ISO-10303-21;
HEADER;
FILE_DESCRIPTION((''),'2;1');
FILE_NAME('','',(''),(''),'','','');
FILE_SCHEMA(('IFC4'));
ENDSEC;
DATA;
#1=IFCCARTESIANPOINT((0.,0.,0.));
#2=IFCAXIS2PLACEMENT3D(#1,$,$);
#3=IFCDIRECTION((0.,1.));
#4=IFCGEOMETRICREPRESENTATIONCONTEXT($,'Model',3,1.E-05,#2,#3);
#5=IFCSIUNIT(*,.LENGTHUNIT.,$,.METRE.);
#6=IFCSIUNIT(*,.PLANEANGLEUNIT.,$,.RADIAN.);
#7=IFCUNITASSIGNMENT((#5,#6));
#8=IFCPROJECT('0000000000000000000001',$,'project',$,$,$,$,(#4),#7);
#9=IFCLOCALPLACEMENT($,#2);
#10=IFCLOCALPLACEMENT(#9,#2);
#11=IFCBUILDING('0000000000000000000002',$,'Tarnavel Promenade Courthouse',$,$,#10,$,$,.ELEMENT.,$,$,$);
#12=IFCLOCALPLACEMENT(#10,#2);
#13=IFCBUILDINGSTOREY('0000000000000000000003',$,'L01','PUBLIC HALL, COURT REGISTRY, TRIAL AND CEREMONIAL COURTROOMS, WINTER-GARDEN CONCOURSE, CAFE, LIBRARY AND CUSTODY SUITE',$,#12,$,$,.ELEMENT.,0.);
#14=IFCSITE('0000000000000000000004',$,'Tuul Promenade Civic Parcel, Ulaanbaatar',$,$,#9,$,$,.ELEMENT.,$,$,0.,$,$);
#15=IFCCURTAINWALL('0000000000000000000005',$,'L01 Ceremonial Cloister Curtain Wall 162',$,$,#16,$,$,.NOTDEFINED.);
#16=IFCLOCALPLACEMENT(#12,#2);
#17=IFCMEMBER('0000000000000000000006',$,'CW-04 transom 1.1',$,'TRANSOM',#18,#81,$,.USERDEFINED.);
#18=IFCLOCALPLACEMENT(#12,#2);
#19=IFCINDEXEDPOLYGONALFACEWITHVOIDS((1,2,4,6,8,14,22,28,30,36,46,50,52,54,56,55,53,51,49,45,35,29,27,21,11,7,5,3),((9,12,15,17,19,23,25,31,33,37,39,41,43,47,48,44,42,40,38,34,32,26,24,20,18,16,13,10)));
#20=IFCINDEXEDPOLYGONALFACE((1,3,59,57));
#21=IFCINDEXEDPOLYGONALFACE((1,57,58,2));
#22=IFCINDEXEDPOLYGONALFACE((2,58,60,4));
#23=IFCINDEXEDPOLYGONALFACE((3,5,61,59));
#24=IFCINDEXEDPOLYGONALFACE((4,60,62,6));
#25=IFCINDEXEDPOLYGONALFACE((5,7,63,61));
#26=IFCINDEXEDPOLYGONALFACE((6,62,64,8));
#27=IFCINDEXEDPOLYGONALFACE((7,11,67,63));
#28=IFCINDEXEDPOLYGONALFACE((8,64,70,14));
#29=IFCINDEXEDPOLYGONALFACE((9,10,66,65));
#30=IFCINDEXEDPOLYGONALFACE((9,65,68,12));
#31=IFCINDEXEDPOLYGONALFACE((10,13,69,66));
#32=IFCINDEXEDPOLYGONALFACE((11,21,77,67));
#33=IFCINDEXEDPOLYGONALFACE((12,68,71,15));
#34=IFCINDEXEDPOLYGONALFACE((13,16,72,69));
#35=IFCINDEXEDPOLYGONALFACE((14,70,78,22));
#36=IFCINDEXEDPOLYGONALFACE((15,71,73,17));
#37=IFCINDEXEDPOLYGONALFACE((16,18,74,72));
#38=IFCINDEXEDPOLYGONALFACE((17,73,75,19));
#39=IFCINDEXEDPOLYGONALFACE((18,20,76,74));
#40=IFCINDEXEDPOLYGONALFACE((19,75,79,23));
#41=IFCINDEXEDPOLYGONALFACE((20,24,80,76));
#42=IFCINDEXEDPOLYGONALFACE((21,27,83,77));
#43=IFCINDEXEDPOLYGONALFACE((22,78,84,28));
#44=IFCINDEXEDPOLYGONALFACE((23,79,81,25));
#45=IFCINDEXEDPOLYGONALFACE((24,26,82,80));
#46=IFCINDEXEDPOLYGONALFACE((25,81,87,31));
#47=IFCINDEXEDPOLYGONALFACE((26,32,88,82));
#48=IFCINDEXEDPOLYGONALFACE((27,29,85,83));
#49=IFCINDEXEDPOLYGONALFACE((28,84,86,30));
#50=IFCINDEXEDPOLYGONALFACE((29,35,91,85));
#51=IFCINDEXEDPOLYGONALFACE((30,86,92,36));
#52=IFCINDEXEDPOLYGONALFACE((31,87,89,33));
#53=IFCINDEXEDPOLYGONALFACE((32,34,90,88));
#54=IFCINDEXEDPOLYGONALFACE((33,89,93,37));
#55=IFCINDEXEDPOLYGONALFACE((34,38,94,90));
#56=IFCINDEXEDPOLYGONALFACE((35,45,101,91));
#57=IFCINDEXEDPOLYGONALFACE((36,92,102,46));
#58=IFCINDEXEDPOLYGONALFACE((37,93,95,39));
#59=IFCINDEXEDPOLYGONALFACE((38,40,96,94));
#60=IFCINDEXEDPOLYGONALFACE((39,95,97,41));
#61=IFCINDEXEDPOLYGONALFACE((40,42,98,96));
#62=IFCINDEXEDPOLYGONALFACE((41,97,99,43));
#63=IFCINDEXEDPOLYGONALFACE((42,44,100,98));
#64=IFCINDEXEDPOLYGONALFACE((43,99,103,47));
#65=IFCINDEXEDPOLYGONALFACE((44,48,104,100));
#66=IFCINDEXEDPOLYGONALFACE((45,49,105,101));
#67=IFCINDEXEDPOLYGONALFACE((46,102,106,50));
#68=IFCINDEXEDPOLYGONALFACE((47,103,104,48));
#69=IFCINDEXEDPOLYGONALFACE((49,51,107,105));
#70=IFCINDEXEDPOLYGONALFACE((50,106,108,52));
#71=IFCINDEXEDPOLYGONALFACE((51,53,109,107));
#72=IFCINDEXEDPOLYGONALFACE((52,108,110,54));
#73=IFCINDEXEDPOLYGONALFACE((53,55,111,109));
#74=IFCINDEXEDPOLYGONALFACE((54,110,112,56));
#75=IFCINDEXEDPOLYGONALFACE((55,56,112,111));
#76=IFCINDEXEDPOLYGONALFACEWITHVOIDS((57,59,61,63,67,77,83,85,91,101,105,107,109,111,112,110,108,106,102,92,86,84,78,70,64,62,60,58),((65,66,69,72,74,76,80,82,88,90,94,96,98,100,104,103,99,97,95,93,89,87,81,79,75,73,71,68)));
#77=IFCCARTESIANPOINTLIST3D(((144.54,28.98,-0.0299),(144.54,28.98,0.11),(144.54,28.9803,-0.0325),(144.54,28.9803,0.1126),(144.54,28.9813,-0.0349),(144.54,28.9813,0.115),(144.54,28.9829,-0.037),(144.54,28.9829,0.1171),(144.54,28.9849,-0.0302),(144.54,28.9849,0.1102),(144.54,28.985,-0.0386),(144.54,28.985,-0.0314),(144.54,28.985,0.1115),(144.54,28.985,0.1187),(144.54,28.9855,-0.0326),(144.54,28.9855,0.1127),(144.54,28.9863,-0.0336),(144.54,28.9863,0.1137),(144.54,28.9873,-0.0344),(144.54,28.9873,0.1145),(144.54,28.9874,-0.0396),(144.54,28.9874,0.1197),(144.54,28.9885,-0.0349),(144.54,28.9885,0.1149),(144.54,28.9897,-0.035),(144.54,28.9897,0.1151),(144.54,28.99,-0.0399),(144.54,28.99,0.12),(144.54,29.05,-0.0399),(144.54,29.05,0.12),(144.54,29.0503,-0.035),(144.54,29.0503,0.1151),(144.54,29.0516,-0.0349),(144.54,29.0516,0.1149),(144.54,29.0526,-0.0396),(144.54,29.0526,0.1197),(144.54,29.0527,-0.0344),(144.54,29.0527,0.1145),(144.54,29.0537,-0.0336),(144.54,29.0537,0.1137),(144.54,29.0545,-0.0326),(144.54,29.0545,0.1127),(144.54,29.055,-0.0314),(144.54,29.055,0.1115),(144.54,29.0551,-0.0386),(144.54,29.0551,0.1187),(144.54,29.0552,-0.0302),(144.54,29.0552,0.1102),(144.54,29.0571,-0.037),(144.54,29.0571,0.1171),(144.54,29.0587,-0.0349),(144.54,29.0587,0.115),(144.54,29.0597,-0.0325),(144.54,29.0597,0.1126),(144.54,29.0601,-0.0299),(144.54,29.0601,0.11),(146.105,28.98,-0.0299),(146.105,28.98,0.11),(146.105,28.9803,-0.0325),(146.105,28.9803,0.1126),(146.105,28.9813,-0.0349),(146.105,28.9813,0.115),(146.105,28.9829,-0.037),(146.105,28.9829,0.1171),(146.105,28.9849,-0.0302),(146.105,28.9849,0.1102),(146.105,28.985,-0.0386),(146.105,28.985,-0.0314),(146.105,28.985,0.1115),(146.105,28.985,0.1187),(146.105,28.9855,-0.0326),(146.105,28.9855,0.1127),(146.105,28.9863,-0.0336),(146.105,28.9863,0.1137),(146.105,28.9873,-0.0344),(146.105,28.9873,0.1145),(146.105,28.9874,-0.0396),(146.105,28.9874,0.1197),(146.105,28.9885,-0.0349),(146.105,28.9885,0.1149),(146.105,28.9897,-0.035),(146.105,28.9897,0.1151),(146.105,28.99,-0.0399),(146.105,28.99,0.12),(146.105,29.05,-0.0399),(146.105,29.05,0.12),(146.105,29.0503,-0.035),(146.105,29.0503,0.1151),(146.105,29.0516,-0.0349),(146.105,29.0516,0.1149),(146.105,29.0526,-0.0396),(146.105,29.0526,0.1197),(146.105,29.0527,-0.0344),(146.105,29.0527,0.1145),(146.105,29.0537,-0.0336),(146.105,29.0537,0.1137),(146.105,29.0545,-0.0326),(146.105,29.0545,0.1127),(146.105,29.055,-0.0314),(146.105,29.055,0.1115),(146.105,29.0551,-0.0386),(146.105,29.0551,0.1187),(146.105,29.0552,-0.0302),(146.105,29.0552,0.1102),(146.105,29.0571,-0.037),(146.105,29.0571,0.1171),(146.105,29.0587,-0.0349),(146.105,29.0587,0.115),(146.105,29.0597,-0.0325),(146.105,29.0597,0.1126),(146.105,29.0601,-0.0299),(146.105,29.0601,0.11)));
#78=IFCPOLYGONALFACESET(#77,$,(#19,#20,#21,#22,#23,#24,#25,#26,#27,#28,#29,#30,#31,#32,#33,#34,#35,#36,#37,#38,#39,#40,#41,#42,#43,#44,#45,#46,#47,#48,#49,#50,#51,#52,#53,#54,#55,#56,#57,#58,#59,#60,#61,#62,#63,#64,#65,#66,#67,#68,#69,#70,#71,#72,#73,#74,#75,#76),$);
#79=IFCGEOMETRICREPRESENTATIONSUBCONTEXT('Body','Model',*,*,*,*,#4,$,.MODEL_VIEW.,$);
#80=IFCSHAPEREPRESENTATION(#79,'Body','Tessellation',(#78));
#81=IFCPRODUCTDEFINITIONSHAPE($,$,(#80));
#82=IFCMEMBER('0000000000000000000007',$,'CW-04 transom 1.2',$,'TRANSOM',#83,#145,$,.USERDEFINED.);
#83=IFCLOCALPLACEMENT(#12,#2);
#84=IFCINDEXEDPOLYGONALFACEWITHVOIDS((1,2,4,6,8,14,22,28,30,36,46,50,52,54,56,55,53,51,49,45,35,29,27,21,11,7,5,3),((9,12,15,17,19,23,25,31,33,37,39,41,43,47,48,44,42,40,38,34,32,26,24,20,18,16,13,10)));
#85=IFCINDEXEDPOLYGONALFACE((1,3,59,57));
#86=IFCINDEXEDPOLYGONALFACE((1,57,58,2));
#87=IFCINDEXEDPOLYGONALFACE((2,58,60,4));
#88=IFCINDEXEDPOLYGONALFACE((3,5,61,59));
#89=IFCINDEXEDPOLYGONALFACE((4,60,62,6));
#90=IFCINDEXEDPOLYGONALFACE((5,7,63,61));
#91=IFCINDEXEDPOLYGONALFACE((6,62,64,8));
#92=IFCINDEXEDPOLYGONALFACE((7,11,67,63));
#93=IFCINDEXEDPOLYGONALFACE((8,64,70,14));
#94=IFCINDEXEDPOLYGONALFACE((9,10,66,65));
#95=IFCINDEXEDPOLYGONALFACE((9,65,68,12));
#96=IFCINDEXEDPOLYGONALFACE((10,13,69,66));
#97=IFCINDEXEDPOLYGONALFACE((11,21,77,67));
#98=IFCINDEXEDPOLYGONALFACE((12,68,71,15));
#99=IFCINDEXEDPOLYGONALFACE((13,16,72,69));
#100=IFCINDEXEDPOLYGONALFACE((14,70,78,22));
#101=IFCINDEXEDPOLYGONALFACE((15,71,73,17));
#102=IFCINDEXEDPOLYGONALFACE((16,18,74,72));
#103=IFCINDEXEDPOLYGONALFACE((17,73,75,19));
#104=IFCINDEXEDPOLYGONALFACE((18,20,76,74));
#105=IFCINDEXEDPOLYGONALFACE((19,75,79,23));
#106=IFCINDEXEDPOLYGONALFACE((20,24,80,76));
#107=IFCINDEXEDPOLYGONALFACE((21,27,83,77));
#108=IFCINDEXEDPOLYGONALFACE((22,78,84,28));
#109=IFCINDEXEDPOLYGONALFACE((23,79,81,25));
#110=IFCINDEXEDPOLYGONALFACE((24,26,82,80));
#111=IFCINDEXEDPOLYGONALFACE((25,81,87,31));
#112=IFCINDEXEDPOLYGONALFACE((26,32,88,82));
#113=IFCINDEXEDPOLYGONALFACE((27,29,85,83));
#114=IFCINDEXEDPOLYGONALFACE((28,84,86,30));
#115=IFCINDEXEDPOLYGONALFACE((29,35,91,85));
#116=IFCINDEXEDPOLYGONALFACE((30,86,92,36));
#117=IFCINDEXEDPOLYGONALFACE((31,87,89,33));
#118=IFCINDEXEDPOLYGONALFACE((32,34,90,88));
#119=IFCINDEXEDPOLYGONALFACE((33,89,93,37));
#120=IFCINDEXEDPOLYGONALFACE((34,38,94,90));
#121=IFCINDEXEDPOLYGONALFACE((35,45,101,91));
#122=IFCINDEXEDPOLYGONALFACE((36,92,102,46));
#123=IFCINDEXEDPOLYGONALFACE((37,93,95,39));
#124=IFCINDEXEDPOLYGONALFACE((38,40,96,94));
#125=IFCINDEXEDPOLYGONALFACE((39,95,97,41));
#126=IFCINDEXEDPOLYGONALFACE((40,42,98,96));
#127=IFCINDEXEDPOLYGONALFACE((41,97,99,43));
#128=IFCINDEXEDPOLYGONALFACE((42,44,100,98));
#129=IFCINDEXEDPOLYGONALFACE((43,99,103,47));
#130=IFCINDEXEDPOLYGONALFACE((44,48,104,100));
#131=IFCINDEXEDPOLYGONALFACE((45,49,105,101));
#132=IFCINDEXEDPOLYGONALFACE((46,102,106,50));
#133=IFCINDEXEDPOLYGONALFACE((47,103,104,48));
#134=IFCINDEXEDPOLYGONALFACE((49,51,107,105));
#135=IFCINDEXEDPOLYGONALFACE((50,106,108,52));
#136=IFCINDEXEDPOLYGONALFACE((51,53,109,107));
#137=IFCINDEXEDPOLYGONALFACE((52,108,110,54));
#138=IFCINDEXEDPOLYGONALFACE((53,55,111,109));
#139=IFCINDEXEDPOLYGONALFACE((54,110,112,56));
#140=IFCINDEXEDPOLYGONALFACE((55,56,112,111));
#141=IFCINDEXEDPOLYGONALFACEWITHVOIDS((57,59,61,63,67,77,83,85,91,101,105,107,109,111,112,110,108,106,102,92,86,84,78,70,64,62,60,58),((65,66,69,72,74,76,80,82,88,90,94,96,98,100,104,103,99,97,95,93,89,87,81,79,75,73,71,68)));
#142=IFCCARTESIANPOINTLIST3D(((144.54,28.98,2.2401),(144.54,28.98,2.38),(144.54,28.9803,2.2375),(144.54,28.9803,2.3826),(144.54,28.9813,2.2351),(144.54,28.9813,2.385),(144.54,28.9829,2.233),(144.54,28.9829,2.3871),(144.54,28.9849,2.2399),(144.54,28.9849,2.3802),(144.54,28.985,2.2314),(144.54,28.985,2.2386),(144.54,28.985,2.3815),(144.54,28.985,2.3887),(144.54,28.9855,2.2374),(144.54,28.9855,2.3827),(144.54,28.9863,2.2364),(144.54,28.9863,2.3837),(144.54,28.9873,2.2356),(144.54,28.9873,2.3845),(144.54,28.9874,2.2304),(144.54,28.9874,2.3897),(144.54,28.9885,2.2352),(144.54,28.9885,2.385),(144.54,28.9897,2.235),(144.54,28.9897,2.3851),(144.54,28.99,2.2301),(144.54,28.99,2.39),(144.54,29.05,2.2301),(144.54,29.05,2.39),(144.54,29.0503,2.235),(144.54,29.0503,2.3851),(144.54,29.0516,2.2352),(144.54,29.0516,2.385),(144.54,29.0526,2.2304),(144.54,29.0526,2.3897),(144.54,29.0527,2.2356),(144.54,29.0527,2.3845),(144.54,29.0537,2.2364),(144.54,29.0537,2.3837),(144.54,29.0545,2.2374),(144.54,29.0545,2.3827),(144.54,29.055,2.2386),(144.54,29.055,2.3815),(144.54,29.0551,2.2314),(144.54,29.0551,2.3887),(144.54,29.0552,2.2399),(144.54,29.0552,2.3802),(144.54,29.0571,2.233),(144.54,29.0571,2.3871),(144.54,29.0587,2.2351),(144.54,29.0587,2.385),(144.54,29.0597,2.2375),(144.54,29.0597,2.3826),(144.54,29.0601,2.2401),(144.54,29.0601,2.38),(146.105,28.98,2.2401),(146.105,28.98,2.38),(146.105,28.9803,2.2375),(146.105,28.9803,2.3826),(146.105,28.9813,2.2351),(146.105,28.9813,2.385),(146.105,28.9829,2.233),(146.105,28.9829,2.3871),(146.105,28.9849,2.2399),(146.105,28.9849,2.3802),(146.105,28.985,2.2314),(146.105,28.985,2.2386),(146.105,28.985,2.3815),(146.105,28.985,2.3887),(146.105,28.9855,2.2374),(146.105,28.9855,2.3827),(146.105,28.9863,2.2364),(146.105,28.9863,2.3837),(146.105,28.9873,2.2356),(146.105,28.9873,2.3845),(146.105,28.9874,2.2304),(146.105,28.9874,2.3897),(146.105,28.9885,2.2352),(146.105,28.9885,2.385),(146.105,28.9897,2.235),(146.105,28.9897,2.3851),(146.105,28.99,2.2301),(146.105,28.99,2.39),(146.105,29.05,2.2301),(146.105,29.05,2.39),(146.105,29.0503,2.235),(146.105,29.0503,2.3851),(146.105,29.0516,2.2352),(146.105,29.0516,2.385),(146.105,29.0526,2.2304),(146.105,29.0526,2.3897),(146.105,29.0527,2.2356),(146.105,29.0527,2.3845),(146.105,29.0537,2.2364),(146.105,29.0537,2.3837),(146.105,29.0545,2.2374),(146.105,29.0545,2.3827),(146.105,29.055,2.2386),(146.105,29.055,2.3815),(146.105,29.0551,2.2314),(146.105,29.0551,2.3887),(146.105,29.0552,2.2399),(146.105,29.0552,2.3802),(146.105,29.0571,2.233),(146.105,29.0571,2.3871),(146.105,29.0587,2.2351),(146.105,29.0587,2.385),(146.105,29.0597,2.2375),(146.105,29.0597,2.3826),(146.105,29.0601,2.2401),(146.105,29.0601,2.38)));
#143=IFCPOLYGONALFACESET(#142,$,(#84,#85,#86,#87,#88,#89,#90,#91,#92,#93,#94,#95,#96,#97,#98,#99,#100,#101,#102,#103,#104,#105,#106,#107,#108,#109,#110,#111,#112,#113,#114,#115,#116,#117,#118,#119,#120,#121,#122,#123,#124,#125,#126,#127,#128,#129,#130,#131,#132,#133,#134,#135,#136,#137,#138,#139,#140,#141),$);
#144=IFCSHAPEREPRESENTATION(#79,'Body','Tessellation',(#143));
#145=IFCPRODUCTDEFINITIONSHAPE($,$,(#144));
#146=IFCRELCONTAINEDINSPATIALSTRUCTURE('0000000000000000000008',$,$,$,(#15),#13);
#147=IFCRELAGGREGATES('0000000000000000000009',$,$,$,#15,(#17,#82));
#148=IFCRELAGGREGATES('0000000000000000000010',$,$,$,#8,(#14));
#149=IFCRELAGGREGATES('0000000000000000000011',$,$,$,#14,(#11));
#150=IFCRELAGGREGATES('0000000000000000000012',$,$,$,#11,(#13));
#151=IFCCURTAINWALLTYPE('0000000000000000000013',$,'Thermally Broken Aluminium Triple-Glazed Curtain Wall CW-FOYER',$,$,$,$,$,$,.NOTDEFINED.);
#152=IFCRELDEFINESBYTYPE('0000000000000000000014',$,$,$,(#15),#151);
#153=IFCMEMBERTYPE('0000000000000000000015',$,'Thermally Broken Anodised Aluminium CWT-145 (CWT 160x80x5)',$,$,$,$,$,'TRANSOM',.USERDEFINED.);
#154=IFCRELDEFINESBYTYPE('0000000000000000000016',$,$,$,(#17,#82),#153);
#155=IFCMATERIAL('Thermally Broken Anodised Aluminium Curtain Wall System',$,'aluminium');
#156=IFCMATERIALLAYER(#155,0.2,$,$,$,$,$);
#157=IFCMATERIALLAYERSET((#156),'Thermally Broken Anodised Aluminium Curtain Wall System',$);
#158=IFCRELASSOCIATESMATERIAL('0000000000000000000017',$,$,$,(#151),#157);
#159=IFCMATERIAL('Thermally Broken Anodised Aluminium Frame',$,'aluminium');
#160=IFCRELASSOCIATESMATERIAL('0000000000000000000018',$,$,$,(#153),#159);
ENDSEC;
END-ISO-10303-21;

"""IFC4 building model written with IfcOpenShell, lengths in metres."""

from ifc_helpers import new_model, si_unit, direction, frame, origin, origin_2d, place, context, subcontext, project, spatial, hollow_rectangle, extrude, material, layer, layer_set, material_profile, profile_set, type_object, element, aggregate, save


model = new_model("IFC4")

# Units and contexts
model_context = context("Model", 3, precision=1e-05, world=origin(), true_north=direction((0.0, 1.0)))
body_context = subcontext(model_context, "Body", "Model", "MODEL_VIEW")
ifc_project = project(units=[si_unit("LENGTHUNIT", "METRE"), si_unit("PLANEANGLEUNIT", "RADIAN")], contexts=[model_context])

# Site, building, storey
site_placement = place(None, origin())
site = spatial("IfcSite", under=ifc_project, at=site_placement, Name="Tuul Promenade Civic Parcel, Ulaanbaatar", CompositionType="ELEMENT", RefElevation=0.0)
building_placement = place(site_placement, origin())
building = spatial("IfcBuilding", under=site, at=building_placement, Name="Tarnavel Promenade Courthouse", CompositionType="ELEMENT")
storey_placement = place(building_placement, origin())
storey = spatial("IfcBuildingStorey", under=building, at=storey_placement, Name="L01", Description="PUBLIC HALL, COURT REGISTRY, TRIAL AND CEREMONIAL COURTROOMS, WINTER-GARDEN CONCOURSE, CAFE, LIBRARY AND CUSTODY SUITE", CompositionType="ELEMENT", Elevation=0.0)

# Curtain wall
ifc_material_1 = material(Name="Thermally Broken Anodised Aluminium Curtain Wall System", Category="aluminium")
ifc_layer_1 = layer(ifc_material_1, 0.2)
ifc_layer_set_1 = layer_set([ifc_layer_1], Name="Thermally Broken Anodised Aluminium Curtain Wall System")
curtain_wall_type = type_object("IfcCurtainWallType", Name="Thermally Broken Aluminium Triple-Glazed Curtain Wall CW-FOYER", PredefinedType="NOTDEFINED", material=ifc_layer_set_1)
ifc_material_2 = material(Name="Thermally Broken Anodised Aluminium Frame", Category="aluminium")
curtain_wall_1_placement = place(storey_placement, origin())
curtain_wall_1 = element("IfcCurtainWall", 1, at=curtain_wall_1_placement, inside=storey, type_object=curtain_wall_type, Name="L01 Ceremonial Cloister Curtain Wall 162", PredefinedType="NOTDEFINED")

# Members
ifc_material_profile_1 = material_profile(ifc_material_2, hollow_rectangle(XDim=0.0801, YDim=0.1599, WallThickness=0.0049, InnerFilletRadius=0.0049, OuterFilletRadius=0.01, at=origin_2d()), Name="CWT 160x80x5")
ifc_profile_set_1 = profile_set([ifc_material_profile_1], Name="Thermally Broken Anodised Aluminium Frame")
member_type_1 = type_object("IfcMemberType", Name="Thermally Broken Anodised Aluminium CWT-145 (CWT 160x80x5)", ElementType="TRANSOM", PredefinedType="USERDEFINED", material=ifc_profile_set_1)
member_1_placement = place(storey_placement, frame((144.54, 29.02, 0.04), z_axis=(1.0, 0.0, 0.0), x_axis=(0.0, 1.0, 0.0)))
member_1 = element("IfcMember", 2, at=member_1_placement, type_object=member_type_1, Name="CW-04 transom 1.1", ObjectType="TRANSOM", PredefinedType="USERDEFINED", context=body_context, shape_type="SweptSolid", body=[
    extrude(hollow_rectangle(XDim=0.0801, YDim=0.1599, WallThickness=0.0049, InnerFilletRadius=0.0049, OuterFilletRadius=0.01, at=origin_2d()), origin(), (0.0, 0.0, 1.0), 1.5649),
])
member_2_placement = place(storey_placement, frame((144.54, 29.02, 2.3101), z_axis=(1.0, 0.0, 0.0), x_axis=(0.0, 1.0, 0.0)))
member_2 = element("IfcMember", 3, at=member_2_placement, type_object=member_type_1, Name="CW-04 transom 1.2", ObjectType="TRANSOM", PredefinedType="USERDEFINED", context=body_context, shape_type="SweptSolid", body=[
    extrude(hollow_rectangle(XDim=0.0801, YDim=0.1599, WallThickness=0.0049, InnerFilletRadius=0.0049, OuterFilletRadius=0.01, at=origin_2d()), origin(), (0.0, 0.0, 1.0), 1.5649),
])

aggregate(curtain_wall_1, [member_1, member_2])

save(model, "model.ifc")
